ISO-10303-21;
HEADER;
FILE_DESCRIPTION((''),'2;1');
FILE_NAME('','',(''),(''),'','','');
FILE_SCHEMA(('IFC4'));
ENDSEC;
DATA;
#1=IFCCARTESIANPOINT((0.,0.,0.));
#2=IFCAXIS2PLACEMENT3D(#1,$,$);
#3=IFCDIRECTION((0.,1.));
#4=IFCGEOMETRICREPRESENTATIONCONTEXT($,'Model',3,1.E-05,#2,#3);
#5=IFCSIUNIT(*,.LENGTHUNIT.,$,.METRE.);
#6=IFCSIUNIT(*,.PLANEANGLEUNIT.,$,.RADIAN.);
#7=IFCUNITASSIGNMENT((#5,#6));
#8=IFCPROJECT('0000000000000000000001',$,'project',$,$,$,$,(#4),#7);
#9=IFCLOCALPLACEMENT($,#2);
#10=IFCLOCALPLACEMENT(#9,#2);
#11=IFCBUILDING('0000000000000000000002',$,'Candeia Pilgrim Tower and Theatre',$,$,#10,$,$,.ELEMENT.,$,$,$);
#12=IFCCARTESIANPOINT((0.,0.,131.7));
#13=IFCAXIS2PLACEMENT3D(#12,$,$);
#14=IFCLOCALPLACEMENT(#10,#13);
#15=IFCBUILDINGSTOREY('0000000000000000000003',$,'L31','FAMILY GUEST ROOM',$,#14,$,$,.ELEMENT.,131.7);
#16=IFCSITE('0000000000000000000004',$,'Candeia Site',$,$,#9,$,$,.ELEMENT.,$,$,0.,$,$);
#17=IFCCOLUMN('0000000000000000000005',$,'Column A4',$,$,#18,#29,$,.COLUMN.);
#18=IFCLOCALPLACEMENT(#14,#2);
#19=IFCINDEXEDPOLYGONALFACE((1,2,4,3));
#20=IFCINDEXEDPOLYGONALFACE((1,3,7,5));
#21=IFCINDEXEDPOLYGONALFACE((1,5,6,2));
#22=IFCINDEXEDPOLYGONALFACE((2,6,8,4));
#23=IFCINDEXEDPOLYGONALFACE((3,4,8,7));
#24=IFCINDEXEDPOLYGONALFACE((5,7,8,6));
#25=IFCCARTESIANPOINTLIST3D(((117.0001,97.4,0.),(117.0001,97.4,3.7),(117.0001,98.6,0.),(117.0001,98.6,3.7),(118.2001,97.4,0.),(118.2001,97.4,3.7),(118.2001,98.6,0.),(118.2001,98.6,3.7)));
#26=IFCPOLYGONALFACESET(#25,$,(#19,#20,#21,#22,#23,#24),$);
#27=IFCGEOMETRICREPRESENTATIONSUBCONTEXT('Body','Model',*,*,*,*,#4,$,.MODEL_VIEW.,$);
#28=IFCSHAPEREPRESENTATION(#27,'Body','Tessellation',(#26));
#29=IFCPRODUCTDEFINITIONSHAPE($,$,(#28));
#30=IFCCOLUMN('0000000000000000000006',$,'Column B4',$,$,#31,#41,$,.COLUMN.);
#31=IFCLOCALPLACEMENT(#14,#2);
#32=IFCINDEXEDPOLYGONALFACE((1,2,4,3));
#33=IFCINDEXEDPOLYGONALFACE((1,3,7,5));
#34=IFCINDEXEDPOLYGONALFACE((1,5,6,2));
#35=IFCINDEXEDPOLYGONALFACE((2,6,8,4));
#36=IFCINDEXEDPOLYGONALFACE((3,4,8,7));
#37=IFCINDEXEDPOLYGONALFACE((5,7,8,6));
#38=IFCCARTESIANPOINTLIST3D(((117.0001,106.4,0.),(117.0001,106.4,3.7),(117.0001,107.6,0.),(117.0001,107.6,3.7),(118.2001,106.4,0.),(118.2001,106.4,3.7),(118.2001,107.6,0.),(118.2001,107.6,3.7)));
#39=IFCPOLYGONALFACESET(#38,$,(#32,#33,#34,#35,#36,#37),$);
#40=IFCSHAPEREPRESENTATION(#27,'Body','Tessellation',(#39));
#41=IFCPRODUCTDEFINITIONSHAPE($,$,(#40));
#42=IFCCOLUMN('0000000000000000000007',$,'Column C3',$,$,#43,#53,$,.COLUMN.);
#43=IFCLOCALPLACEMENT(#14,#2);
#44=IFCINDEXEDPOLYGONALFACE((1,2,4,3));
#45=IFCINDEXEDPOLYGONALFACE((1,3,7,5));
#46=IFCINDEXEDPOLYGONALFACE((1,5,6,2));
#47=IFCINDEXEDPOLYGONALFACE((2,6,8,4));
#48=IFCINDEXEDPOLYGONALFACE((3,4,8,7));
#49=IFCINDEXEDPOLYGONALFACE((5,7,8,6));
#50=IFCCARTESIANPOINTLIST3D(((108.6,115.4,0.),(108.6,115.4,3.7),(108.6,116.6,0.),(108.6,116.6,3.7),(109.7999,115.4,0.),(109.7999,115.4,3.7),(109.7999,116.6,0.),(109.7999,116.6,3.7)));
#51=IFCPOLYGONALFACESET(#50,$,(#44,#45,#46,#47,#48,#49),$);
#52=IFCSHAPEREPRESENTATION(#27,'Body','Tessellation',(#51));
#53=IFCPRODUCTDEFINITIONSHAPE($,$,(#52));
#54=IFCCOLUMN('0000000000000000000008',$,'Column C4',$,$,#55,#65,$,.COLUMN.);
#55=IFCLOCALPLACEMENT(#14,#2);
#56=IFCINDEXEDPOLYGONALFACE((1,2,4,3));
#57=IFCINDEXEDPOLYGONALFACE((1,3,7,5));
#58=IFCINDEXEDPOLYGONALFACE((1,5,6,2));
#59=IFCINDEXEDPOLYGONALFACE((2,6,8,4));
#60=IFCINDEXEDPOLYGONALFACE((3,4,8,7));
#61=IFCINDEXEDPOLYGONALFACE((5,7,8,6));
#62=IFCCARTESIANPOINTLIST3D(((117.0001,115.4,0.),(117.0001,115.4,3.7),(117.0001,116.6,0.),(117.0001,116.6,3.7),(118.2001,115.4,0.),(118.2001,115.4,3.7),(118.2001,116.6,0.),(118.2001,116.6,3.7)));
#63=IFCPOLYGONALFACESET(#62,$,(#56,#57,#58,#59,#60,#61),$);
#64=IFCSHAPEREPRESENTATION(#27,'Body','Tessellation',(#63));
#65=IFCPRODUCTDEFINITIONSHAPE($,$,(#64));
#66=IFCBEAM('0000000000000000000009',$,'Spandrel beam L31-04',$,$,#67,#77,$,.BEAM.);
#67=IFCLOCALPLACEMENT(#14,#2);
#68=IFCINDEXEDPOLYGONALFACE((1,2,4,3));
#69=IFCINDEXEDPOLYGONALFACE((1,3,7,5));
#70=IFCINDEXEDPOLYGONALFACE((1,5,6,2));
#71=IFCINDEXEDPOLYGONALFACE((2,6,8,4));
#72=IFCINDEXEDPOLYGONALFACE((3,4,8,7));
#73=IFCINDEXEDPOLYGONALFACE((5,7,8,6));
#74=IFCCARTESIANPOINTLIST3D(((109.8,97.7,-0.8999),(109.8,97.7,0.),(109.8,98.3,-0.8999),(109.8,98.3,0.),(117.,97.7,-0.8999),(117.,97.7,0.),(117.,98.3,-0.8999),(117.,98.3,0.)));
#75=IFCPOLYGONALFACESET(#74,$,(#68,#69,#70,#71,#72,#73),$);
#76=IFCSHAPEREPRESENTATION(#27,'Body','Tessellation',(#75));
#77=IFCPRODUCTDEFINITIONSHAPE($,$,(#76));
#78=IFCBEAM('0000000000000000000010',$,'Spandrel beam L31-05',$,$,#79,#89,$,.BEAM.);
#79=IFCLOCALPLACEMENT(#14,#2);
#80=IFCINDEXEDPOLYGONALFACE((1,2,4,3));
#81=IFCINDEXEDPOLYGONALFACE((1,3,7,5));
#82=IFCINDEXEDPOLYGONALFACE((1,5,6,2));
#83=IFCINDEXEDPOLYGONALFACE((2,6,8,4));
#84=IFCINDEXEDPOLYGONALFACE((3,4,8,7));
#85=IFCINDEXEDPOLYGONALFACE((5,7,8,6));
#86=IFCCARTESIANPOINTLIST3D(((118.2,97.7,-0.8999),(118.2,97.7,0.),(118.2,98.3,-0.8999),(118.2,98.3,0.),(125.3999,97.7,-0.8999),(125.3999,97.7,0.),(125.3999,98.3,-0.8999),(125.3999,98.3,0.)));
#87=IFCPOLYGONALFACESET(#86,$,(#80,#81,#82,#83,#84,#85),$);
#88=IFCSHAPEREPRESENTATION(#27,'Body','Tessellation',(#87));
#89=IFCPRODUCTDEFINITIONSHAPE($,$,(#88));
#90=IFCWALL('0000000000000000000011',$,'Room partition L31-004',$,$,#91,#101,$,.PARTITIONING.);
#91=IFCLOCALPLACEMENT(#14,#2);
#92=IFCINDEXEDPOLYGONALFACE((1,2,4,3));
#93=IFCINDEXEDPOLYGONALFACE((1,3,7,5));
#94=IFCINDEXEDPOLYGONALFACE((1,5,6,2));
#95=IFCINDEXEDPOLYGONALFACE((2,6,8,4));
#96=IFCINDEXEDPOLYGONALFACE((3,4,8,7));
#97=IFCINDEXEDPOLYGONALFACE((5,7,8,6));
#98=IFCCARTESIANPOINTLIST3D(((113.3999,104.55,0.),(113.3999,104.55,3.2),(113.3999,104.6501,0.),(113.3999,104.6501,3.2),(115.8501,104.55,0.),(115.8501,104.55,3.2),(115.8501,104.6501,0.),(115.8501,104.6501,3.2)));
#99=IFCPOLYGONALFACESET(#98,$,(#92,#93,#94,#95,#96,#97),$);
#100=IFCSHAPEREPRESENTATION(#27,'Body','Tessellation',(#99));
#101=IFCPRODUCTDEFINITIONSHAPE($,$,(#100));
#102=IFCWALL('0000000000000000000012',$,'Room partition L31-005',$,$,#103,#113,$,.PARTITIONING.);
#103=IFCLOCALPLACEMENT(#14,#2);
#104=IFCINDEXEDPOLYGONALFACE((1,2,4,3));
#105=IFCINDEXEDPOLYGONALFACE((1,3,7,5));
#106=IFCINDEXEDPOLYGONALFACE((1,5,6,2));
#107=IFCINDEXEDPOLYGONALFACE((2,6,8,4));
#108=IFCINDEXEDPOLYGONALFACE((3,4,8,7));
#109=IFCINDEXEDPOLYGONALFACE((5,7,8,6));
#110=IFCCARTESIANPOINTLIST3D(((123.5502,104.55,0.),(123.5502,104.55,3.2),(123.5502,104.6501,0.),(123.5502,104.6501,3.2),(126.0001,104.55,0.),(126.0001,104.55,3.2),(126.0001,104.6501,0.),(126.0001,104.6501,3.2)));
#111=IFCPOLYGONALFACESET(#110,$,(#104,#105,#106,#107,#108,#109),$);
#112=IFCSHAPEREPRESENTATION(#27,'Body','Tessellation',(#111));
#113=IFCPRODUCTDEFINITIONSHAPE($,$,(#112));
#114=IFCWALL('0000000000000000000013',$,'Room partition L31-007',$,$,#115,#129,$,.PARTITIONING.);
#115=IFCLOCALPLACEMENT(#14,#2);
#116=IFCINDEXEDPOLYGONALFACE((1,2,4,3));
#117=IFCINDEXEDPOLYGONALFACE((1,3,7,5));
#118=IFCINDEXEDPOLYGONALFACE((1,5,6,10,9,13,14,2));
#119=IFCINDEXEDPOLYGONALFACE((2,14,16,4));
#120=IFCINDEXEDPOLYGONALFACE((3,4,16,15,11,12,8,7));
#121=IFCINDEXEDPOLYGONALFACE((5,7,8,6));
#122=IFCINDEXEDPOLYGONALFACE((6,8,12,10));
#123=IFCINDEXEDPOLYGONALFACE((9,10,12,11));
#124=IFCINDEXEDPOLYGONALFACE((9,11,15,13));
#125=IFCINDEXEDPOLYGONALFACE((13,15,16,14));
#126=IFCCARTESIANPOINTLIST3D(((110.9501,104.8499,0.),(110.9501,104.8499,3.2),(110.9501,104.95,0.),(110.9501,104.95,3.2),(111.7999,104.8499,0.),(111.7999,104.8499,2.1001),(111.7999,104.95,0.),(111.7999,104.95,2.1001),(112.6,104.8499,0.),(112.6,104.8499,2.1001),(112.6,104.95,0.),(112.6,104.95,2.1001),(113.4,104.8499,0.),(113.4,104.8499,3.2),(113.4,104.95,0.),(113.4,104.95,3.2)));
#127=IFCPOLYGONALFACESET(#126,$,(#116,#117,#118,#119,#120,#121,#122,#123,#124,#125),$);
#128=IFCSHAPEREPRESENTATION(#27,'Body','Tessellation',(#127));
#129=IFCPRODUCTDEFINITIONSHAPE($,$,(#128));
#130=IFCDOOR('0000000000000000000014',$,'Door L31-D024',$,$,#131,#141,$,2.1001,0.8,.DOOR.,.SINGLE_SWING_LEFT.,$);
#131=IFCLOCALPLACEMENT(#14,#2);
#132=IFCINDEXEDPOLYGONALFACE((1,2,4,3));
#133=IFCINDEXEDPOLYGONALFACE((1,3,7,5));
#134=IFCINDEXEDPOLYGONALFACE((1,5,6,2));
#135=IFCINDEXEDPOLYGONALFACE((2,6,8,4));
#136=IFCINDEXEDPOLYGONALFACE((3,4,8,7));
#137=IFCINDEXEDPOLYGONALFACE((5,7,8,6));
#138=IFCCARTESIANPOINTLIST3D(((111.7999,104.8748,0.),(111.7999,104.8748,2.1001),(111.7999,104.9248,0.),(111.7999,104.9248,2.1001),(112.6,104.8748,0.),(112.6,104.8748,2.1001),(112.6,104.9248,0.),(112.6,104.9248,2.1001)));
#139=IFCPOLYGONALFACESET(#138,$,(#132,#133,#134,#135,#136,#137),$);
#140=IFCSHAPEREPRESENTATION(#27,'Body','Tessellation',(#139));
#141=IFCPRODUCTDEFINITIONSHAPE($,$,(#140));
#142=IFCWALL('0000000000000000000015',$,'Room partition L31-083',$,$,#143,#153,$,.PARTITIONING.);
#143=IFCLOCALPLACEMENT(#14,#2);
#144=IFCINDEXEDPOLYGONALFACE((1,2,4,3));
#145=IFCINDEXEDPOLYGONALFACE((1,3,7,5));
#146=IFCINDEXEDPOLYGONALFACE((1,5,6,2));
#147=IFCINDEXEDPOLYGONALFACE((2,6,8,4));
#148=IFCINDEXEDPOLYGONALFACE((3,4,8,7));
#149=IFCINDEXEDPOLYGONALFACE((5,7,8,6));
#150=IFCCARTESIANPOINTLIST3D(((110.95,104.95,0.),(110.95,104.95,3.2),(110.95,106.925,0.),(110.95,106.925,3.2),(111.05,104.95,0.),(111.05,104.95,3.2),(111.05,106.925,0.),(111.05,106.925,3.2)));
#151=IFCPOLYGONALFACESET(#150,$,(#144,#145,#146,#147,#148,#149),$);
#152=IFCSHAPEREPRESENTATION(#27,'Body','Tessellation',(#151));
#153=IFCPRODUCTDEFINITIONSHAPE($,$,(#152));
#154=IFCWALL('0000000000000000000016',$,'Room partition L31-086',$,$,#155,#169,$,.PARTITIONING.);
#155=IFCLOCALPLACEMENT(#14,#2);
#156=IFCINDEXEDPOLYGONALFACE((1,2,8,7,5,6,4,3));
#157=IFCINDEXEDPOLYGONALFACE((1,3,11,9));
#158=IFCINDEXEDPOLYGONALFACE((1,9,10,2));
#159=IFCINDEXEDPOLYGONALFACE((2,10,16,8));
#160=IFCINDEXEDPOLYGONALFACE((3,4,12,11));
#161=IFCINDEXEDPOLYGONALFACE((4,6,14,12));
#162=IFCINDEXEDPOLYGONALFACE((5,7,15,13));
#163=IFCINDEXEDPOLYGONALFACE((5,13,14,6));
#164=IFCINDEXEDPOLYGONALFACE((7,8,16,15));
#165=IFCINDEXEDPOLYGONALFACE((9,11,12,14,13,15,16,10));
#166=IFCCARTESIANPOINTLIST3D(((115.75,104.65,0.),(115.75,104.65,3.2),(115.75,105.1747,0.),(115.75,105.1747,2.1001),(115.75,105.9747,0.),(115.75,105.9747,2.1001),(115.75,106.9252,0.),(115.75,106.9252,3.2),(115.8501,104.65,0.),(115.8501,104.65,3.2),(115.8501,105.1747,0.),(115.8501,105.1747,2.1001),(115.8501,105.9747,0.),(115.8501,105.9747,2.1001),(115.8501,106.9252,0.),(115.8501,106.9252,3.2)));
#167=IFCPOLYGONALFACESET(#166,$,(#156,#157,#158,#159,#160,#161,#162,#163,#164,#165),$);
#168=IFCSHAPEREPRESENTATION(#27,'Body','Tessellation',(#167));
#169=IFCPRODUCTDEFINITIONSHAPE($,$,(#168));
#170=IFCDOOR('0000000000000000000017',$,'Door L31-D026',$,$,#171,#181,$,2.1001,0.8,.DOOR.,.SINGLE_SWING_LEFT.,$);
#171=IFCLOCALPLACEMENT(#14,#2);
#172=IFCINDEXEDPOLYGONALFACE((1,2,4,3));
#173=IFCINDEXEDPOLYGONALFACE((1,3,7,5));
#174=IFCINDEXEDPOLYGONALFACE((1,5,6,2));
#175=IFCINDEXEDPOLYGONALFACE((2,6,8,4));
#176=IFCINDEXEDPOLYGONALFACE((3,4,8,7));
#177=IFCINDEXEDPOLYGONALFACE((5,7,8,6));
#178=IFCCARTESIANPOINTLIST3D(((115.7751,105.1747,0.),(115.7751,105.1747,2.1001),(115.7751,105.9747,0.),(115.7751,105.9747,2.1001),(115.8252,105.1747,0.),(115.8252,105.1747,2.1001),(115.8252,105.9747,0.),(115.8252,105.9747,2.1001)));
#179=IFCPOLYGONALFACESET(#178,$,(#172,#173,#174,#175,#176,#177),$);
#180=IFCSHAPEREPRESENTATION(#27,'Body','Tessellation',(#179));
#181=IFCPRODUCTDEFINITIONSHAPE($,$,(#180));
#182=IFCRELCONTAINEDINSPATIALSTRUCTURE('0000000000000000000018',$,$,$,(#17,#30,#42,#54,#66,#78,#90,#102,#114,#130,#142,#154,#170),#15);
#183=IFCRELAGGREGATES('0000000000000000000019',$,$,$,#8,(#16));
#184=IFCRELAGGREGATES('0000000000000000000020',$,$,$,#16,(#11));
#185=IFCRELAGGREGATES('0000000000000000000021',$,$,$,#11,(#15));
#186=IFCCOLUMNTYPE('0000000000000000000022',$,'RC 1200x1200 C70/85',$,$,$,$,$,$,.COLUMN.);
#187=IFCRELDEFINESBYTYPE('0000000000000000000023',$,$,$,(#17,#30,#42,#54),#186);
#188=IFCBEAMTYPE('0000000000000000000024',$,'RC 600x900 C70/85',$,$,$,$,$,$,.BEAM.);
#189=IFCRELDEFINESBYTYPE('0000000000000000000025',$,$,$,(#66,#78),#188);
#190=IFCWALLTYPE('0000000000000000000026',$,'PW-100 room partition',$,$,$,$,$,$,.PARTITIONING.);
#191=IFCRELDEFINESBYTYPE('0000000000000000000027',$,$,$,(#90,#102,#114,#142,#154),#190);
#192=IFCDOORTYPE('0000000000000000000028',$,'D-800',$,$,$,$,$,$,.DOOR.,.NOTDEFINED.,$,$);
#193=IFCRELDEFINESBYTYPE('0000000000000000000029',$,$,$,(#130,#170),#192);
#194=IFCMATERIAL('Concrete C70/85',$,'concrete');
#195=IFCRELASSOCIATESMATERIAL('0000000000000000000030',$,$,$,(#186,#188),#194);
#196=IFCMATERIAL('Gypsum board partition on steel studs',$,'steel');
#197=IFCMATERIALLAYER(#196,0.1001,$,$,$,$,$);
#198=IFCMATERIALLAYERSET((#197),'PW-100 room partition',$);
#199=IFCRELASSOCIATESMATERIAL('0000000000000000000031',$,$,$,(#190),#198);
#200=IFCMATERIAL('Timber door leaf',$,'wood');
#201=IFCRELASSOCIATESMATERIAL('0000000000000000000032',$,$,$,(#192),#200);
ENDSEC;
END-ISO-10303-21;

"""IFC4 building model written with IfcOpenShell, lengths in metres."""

from ifc_helpers import new_model, si_unit, direction, frame, frame_2d, origin, origin_2d, place, context, subcontext, project, spatial, rectangle, extrude, material, layer, layer_set, material_profile, profile_set, type_object, element, fill, save


model = new_model("IFC4")

# Units and contexts
model_context = context("Model", 3, precision=1e-05, world=origin(), true_north=direction((0.0, 1.0)))
body_context = subcontext(model_context, "Body", "Model", "MODEL_VIEW")
ifc_project = project(units=[si_unit("LENGTHUNIT", "METRE"), si_unit("PLANEANGLEUNIT", "RADIAN")], contexts=[model_context])

# Site, building, storey
site_placement = place(None, origin())
site = spatial("IfcSite", under=ifc_project, at=site_placement, Name="Candeia Site", CompositionType="ELEMENT", RefElevation=0.0)
building_placement = place(site_placement, origin())
building = spatial("IfcBuilding", under=site, at=building_placement, Name="Candeia Pilgrim Tower and Theatre", CompositionType="ELEMENT")
storey_placement = place(building_placement, frame((0.0, 0.0, 131.7)))
storey = spatial("IfcBuildingStorey", under=building, at=storey_placement, Name="L31", Description="FAMILY GUEST ROOM", CompositionType="ELEMENT", Elevation=131.7)

# Columns
ifc_material_1 = material(Name="Concrete C70/85", Category="concrete")
ifc_material_profile_1 = material_profile(ifc_material_1, rectangle(XDim=1.2, YDim=1.2, at=origin_2d()))
ifc_profile_set_1 = profile_set([ifc_material_profile_1], Name="Concrete C70/85")
column_type = type_object("IfcColumnType", Name="RC 1200x1200 C70/85", PredefinedType="COLUMN", material=ifc_profile_set_1)
for number, where, z_axis, x_axis, name in (
    (1, (117.6001, 98.0, 0.0), (0.0, 0.0, 1.0), (1.0, 0.0, 0.0), "Column A4"),
    (2, (117.6001, 107.0, 0.0), (0.0, 0.0, 1.0), (1.0, 0.0, 0.0), "Column B4"),
    (3, (109.2, 116.0, 0.0), (0.0, 0.0, 1.0), (1.0, 0.0, 0.0), "Column C3"),
    (4, (117.6001, 116.0, 0.0), (0.0, 0.0, 1.0), (1.0, 0.0, 0.0), "Column C4"),
):
    element("IfcColumn", number, at=place(storey_placement, frame(where, z_axis=z_axis, x_axis=x_axis)), inside=storey, type_object=column_type, Name=name, PredefinedType="COLUMN", context=body_context, shape_type="SweptSolid", body=[
        extrude(rectangle(XDim=1.2, YDim=1.2, at=origin_2d()), origin(), (0.0, 0.0, 1.0), 3.7),
    ])

# Beams
ifc_material_profile_2 = material_profile(ifc_material_1, rectangle(XDim=0.6001, YDim=0.8999, at=origin_2d()))
ifc_profile_set_2 = profile_set([ifc_material_profile_2], Name="Concrete C70/85")
beam_type = type_object("IfcBeamType", Name="RC 600x900 C70/85", PredefinedType="BEAM", material=ifc_profile_set_2)
for number, where, z_axis, x_axis, name in (
    (5, (109.8, 98.0, -0.45), (1.0, 0.0, 0.0), (0.0, 1.0, 0.0), "Spandrel beam L31-04"),
    (6, (118.2, 98.0, -0.45), (1.0, 0.0, 0.0), (0.0, 1.0, 0.0), "Spandrel beam L31-05"),
):
    element("IfcBeam", number, at=place(storey_placement, frame(where, z_axis=z_axis, x_axis=x_axis)), inside=storey, type_object=beam_type, Name=name, PredefinedType="BEAM", context=body_context, shape_type="SweptSolid", body=[
        extrude(rectangle(XDim=0.6001, YDim=0.8999, at=origin_2d()), origin(), (0.0, 0.0, 1.0), 7.2),
    ])

# Walls
ifc_material_2 = material(Name="Gypsum board partition on steel studs", Category="steel")
ifc_layer_1 = layer(ifc_material_2, 0.1001)
ifc_layer_set_1 = layer_set([ifc_layer_1], Name="PW-100 room partition")
wall_type_1 = type_object("IfcWallType", Name="PW-100 room partition", PredefinedType="PARTITIONING", material=ifc_layer_set_1)
wall_1_placement = place(storey_placement, frame((113.3999, 104.6001, 0.0), z_axis=(0.0, 0.0, 1.0), x_axis=(1.0, 0.0, 0.0)))
element("IfcWall", 7, at=wall_1_placement, inside=storey, type_object=wall_type_1, Name="Room partition L31-004", PredefinedType="PARTITIONING", context=body_context, shape_type="SweptSolid", body=[
    extrude(rectangle(XDim=2.4502, YDim=0.1001, at=frame_2d((1.2251, 0.0))), origin(), (0.0, 0.0, 1.0), 3.2),
])
wall_2_placement = place(storey_placement, frame((123.55, 104.6001, 0.0), z_axis=(0.0, 0.0, 1.0), x_axis=(1.0, 0.0, 0.0)))
element("IfcWall", 8, at=wall_2_placement, inside=storey, type_object=wall_type_1, Name="Room partition L31-005", PredefinedType="PARTITIONING", context=body_context, shape_type="SweptSolid", body=[
    extrude(rectangle(XDim=2.45, YDim=0.1001, at=frame_2d((1.2251, 0.0))), origin(), (0.0, 0.0, 1.0), 3.2),
])

# Wall, opening, door
wall_3_placement = place(storey_placement, frame((110.95, 104.8999, 0.0), z_axis=(0.0, 0.0, 1.0), x_axis=(1.0, 0.0, 0.0)))
wall_3 = element("IfcWall", 9, at=wall_3_placement, inside=storey, type_object=wall_type_1, Name="Room partition L31-007", PredefinedType="PARTITIONING", context=body_context, shape_type="SweptSolid", body=[
    extrude(rectangle(XDim=2.45, YDim=0.1001, at=frame_2d((1.2251, 0.0))), origin(), (0.0, 0.0, 1.0), 3.2),
])
opening_1_placement = place(wall_3_placement, frame((0.8501, 0.0, 0.0)))
opening_1 = element("IfcOpeningElement", 10, at=opening_1_placement, cuts=wall_3, PredefinedType="OPENING", context=body_context, shape_type="SweptSolid", body=[
    extrude(rectangle(XDim=0.8, YDim=2.1001, at=frame_2d((0.3999, 1.05))), frame((0.0, 0.0601, 0.0), z_axis=(0.0, -1.0, 0.0), x_axis=(1.0, 0.0, 0.0)), (0.0, 0.0, 1.0), 0.1201),
])
ifc_material_3 = material(Name="Timber door leaf", Category="wood")
door_type = type_object("IfcDoorType", Name="D-800", OperationType="NOTDEFINED", PredefinedType="DOOR", material=ifc_material_3)
door_1_placement = place(opening_1_placement, origin())
door_1 = element("IfcDoor", 11, at=door_1_placement, inside=storey, type_object=door_type, Name="Door L31-D024", OperationType="SINGLE_SWING_LEFT", OverallHeight=2.1001, OverallWidth=0.8, PredefinedType="DOOR", context=body_context, shape_type="SweptSolid", body=[
    extrude(rectangle(XDim=0.8, YDim=2.1001, at=frame_2d((0.3999, 1.05))), frame((0.0, 0.0249, 0.0), z_axis=(0.0, -1.0, 0.0), x_axis=(1.0, 0.0, 0.0)), (0.0, 0.0, 1.0), 0.05),
])
fill(opening_1, door_1)

# Wall
wall_4_placement = place(storey_placement, frame((111.0, 104.95, 0.0), z_axis=(0.0, 0.0, 1.0), x_axis=(0.0, 1.0, 0.0)))
element("IfcWall", 12, at=wall_4_placement, inside=storey, type_object=wall_type_1, Name="Room partition L31-083", PredefinedType="PARTITIONING", context=body_context, shape_type="SweptSolid", body=[
    extrude(rectangle(XDim=1.9751, YDim=0.1001, at=frame_2d((0.9875, 0.0))), origin(), (0.0, 0.0, 1.0), 3.2),
])

# Wall, opening, door
wall_5_placement = place(storey_placement, frame((115.8, 104.6499, 0.0), z_axis=(0.0, 0.0, 1.0), x_axis=(0.0, 1.0, 0.0)))
wall_5 = element("IfcWall", 13, at=wall_5_placement, inside=storey, type_object=wall_type_1, Name="Room partition L31-086", PredefinedType="PARTITIONING", context=body_context, shape_type="SweptSolid", body=[
    extrude(rectangle(XDim=2.2751, YDim=0.1001, at=frame_2d((1.1377, 0.0))), origin(), (0.0, 0.0, 1.0), 3.2),
])
opening_2_placement = place(wall_5_placement, frame((0.5249, 0.0, 0.0)))
opening_2 = element("IfcOpeningElement", 14, at=opening_2_placement, cuts=wall_5, PredefinedType="OPENING", context=body_context, shape_type="SweptSolid", body=[
    extrude(rectangle(XDim=0.8, YDim=2.1001, at=frame_2d((0.3999, 1.05))), frame((0.0, 0.0601, 0.0), z_axis=(0.0, -1.0, 0.0), x_axis=(1.0, 0.0, 0.0)), (0.0, 0.0, 1.0), 0.1201),
])
door_2_placement = place(opening_2_placement, origin())
door_2 = element("IfcDoor", 15, at=door_2_placement, inside=storey, type_object=door_type, Name="Door L31-D026", OperationType="SINGLE_SWING_LEFT", OverallHeight=2.1001, OverallWidth=0.8, PredefinedType="DOOR", context=body_context, shape_type="SweptSolid", body=[
    extrude(rectangle(XDim=0.8, YDim=2.1001, at=frame_2d((0.3999, 1.05))), frame((0.0, 0.0249, 0.0), z_axis=(0.0, -1.0, 0.0), x_axis=(1.0, 0.0, 0.0)), (0.0, 0.0, 1.0), 0.05),
])
fill(opening_2, door_2)

save(model, "model.ifc")
